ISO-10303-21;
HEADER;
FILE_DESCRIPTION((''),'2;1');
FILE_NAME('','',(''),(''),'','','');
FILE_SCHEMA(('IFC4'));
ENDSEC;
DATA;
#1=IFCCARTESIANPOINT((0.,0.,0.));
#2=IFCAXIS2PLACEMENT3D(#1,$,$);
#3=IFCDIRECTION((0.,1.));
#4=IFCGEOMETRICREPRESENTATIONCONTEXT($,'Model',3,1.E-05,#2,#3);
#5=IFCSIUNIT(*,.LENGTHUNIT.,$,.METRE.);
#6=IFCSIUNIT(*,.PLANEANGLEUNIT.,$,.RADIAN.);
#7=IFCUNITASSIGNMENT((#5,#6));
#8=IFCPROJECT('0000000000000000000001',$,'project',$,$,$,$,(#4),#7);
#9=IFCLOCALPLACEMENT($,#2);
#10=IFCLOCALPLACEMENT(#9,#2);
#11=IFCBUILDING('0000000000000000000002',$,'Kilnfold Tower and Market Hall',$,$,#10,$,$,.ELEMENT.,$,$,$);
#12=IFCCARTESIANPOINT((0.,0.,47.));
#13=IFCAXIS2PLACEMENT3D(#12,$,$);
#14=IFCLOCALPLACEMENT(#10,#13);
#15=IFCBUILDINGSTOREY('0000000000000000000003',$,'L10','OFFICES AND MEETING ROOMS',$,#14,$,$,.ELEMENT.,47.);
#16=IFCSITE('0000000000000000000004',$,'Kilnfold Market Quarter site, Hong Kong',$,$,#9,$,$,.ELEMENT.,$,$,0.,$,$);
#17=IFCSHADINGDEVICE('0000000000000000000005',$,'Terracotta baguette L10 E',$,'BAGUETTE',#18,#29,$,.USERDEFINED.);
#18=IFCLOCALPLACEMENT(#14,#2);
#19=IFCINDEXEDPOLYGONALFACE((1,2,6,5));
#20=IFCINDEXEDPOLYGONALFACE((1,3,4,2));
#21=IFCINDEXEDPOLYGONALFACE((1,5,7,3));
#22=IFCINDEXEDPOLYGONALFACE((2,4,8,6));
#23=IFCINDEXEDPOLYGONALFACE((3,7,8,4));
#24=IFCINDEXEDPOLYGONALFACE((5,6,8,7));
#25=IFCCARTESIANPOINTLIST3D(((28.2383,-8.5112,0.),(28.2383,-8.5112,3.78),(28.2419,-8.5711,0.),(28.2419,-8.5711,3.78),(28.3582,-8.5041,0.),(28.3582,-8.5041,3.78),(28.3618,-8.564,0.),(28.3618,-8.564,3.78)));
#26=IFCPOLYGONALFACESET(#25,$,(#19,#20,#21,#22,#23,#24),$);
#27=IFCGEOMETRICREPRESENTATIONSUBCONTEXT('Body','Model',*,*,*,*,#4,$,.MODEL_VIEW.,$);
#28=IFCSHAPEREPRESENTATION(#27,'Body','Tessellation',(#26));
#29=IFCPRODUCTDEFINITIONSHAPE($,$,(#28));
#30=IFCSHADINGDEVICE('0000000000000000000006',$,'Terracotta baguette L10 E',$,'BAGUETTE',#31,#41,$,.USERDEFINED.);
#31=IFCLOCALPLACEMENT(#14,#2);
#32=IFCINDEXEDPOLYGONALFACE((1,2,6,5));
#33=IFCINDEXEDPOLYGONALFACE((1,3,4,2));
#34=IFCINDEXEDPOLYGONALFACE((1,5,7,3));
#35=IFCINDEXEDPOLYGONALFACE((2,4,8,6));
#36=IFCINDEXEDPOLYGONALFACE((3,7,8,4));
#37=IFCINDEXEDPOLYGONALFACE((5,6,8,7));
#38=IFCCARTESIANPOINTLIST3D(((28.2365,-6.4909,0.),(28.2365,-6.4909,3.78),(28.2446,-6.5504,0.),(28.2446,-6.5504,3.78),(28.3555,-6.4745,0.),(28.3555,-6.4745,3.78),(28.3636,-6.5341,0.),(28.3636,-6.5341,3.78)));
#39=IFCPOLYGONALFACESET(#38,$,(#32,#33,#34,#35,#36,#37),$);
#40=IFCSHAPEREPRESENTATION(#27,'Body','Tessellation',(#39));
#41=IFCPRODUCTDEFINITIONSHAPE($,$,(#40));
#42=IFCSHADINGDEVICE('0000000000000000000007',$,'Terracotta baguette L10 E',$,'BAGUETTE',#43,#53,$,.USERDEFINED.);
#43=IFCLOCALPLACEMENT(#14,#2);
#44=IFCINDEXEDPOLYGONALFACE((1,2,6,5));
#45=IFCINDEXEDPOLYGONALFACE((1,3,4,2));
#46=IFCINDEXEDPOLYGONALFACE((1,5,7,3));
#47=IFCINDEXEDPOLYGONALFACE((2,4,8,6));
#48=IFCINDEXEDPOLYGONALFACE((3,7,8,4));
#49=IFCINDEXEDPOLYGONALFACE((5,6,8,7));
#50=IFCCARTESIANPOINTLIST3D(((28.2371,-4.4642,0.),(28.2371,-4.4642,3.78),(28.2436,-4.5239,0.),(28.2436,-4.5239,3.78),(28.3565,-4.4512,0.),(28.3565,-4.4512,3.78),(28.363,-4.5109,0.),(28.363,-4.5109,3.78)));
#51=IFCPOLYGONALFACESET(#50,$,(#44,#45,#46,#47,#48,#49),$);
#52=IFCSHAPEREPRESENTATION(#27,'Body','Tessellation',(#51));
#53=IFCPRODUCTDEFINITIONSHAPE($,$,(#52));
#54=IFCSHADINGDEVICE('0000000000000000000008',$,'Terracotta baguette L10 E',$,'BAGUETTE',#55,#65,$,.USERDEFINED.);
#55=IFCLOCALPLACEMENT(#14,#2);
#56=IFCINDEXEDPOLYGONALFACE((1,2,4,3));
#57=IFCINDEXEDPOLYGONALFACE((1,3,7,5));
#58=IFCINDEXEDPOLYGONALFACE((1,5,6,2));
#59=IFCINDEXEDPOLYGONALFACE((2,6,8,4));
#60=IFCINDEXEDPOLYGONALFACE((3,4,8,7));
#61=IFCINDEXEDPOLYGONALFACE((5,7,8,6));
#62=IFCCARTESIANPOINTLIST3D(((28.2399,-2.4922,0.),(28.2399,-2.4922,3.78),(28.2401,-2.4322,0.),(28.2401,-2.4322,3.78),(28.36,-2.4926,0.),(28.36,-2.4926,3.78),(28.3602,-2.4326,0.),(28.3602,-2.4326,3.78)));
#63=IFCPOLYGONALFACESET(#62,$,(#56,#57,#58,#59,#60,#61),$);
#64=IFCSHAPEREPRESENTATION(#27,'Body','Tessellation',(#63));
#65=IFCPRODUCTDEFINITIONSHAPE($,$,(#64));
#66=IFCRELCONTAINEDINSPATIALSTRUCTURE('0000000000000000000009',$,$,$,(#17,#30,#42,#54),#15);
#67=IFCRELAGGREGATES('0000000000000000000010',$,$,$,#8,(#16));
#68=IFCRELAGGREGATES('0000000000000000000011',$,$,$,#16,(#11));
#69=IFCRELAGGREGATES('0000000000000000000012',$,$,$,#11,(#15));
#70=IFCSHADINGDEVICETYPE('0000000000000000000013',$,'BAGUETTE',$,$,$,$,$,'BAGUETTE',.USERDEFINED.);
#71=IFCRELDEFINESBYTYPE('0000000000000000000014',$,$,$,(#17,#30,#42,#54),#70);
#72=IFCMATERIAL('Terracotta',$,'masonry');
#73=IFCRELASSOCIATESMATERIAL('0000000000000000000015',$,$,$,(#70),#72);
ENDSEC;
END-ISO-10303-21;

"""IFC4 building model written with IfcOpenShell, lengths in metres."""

from ifc_helpers import new_model, si_unit, direction, frame, origin, origin_2d, place, context, subcontext, project, spatial, rectangle, extrude, source, transform, mapped, material, material_profile, profile_set, type_object, element, save


model = new_model("IFC4")

# Units and contexts
model_context = context("Model", 3, precision=1e-05, world=origin(), true_north=direction((0.0, 1.0)))
body_context = subcontext(model_context, "Body", "Model", "MODEL_VIEW")
ifc_project = project(units=[si_unit("LENGTHUNIT", "METRE"), si_unit("PLANEANGLEUNIT", "RADIAN")], contexts=[model_context])

# Site, building, storey
site_placement = place(None, origin())
site = spatial("IfcSite", under=ifc_project, at=site_placement, Name="Kilnfold Market Quarter site, Hong Kong", CompositionType="ELEMENT", RefElevation=0.0)
building_placement = place(site_placement, origin())
building = spatial("IfcBuilding", under=site, at=building_placement, Name="Kilnfold Tower and Market Hall", CompositionType="ELEMENT")
storey_placement = place(building_placement, frame((0.0, 0.0, 47.0)))
storey = spatial("IfcBuildingStorey", under=building, at=storey_placement, Name="L10", Description="OFFICES AND MEETING ROOMS", CompositionType="ELEMENT", Elevation=47.0)

# Shading devices
ifc_material_1 = material(Name="Terracotta", Category="masonry")
ifc_material_profile_1 = material_profile(ifc_material_1, rectangle(XDim=0.0601, YDim=0.1201, at=origin_2d()), Name="BAG 60x120")
ifc_profile_set_1 = profile_set([ifc_material_profile_1], Name="Terracotta")
shading_device_type = type_object("IfcShadingDeviceType", Name="BAGUETTE", ElementType="BAGUETTE", PredefinedType="USERDEFINED", material=ifc_profile_set_1)
shared_shape_1 = source(origin(), body_context, "Body", "SweptSolid", [
    extrude(rectangle(XDim=0.0601, YDim=0.1201, at=origin_2d()), origin(), (0.0, 0.0, 1.0), 3.78),
])
for number, where, z_axis, x_axis, name in (
    (1, (28.3, -8.5376, 0.0), (0.0, 0.0, 1.0), (-0.059202, 0.998246, 0.0), "Terracotta baguette L10 E"),
    (2, (28.3, -6.5125, 0.0), (0.0, 0.0, 1.0), (-0.135722, 0.990747, 0.0), "Terracotta baguette L10 E"),
    (3, (28.3, -4.4875, 0.0), (0.0, 0.0, 1.0), (-0.107921, 0.994159, 0.0), "Terracotta baguette L10 E"),
    (4, (28.3, -2.4624, 0.0), (0.0, 0.0, 1.0), (0.003211, 0.999995, 0.0), "Terracotta baguette L10 E"),
):
    element("IfcShadingDevice", number, at=place(storey_placement, frame(where, z_axis=z_axis, x_axis=x_axis)), inside=storey, type_object=shading_device_type, Name=name, ObjectType="BAGUETTE", PredefinedType="USERDEFINED", context=body_context, shape_type="MappedRepresentation", body=[
        mapped(shared_shape_1, transform((0.0, 0.0, 0.0))),
    ])

save(model, "model.ifc")
